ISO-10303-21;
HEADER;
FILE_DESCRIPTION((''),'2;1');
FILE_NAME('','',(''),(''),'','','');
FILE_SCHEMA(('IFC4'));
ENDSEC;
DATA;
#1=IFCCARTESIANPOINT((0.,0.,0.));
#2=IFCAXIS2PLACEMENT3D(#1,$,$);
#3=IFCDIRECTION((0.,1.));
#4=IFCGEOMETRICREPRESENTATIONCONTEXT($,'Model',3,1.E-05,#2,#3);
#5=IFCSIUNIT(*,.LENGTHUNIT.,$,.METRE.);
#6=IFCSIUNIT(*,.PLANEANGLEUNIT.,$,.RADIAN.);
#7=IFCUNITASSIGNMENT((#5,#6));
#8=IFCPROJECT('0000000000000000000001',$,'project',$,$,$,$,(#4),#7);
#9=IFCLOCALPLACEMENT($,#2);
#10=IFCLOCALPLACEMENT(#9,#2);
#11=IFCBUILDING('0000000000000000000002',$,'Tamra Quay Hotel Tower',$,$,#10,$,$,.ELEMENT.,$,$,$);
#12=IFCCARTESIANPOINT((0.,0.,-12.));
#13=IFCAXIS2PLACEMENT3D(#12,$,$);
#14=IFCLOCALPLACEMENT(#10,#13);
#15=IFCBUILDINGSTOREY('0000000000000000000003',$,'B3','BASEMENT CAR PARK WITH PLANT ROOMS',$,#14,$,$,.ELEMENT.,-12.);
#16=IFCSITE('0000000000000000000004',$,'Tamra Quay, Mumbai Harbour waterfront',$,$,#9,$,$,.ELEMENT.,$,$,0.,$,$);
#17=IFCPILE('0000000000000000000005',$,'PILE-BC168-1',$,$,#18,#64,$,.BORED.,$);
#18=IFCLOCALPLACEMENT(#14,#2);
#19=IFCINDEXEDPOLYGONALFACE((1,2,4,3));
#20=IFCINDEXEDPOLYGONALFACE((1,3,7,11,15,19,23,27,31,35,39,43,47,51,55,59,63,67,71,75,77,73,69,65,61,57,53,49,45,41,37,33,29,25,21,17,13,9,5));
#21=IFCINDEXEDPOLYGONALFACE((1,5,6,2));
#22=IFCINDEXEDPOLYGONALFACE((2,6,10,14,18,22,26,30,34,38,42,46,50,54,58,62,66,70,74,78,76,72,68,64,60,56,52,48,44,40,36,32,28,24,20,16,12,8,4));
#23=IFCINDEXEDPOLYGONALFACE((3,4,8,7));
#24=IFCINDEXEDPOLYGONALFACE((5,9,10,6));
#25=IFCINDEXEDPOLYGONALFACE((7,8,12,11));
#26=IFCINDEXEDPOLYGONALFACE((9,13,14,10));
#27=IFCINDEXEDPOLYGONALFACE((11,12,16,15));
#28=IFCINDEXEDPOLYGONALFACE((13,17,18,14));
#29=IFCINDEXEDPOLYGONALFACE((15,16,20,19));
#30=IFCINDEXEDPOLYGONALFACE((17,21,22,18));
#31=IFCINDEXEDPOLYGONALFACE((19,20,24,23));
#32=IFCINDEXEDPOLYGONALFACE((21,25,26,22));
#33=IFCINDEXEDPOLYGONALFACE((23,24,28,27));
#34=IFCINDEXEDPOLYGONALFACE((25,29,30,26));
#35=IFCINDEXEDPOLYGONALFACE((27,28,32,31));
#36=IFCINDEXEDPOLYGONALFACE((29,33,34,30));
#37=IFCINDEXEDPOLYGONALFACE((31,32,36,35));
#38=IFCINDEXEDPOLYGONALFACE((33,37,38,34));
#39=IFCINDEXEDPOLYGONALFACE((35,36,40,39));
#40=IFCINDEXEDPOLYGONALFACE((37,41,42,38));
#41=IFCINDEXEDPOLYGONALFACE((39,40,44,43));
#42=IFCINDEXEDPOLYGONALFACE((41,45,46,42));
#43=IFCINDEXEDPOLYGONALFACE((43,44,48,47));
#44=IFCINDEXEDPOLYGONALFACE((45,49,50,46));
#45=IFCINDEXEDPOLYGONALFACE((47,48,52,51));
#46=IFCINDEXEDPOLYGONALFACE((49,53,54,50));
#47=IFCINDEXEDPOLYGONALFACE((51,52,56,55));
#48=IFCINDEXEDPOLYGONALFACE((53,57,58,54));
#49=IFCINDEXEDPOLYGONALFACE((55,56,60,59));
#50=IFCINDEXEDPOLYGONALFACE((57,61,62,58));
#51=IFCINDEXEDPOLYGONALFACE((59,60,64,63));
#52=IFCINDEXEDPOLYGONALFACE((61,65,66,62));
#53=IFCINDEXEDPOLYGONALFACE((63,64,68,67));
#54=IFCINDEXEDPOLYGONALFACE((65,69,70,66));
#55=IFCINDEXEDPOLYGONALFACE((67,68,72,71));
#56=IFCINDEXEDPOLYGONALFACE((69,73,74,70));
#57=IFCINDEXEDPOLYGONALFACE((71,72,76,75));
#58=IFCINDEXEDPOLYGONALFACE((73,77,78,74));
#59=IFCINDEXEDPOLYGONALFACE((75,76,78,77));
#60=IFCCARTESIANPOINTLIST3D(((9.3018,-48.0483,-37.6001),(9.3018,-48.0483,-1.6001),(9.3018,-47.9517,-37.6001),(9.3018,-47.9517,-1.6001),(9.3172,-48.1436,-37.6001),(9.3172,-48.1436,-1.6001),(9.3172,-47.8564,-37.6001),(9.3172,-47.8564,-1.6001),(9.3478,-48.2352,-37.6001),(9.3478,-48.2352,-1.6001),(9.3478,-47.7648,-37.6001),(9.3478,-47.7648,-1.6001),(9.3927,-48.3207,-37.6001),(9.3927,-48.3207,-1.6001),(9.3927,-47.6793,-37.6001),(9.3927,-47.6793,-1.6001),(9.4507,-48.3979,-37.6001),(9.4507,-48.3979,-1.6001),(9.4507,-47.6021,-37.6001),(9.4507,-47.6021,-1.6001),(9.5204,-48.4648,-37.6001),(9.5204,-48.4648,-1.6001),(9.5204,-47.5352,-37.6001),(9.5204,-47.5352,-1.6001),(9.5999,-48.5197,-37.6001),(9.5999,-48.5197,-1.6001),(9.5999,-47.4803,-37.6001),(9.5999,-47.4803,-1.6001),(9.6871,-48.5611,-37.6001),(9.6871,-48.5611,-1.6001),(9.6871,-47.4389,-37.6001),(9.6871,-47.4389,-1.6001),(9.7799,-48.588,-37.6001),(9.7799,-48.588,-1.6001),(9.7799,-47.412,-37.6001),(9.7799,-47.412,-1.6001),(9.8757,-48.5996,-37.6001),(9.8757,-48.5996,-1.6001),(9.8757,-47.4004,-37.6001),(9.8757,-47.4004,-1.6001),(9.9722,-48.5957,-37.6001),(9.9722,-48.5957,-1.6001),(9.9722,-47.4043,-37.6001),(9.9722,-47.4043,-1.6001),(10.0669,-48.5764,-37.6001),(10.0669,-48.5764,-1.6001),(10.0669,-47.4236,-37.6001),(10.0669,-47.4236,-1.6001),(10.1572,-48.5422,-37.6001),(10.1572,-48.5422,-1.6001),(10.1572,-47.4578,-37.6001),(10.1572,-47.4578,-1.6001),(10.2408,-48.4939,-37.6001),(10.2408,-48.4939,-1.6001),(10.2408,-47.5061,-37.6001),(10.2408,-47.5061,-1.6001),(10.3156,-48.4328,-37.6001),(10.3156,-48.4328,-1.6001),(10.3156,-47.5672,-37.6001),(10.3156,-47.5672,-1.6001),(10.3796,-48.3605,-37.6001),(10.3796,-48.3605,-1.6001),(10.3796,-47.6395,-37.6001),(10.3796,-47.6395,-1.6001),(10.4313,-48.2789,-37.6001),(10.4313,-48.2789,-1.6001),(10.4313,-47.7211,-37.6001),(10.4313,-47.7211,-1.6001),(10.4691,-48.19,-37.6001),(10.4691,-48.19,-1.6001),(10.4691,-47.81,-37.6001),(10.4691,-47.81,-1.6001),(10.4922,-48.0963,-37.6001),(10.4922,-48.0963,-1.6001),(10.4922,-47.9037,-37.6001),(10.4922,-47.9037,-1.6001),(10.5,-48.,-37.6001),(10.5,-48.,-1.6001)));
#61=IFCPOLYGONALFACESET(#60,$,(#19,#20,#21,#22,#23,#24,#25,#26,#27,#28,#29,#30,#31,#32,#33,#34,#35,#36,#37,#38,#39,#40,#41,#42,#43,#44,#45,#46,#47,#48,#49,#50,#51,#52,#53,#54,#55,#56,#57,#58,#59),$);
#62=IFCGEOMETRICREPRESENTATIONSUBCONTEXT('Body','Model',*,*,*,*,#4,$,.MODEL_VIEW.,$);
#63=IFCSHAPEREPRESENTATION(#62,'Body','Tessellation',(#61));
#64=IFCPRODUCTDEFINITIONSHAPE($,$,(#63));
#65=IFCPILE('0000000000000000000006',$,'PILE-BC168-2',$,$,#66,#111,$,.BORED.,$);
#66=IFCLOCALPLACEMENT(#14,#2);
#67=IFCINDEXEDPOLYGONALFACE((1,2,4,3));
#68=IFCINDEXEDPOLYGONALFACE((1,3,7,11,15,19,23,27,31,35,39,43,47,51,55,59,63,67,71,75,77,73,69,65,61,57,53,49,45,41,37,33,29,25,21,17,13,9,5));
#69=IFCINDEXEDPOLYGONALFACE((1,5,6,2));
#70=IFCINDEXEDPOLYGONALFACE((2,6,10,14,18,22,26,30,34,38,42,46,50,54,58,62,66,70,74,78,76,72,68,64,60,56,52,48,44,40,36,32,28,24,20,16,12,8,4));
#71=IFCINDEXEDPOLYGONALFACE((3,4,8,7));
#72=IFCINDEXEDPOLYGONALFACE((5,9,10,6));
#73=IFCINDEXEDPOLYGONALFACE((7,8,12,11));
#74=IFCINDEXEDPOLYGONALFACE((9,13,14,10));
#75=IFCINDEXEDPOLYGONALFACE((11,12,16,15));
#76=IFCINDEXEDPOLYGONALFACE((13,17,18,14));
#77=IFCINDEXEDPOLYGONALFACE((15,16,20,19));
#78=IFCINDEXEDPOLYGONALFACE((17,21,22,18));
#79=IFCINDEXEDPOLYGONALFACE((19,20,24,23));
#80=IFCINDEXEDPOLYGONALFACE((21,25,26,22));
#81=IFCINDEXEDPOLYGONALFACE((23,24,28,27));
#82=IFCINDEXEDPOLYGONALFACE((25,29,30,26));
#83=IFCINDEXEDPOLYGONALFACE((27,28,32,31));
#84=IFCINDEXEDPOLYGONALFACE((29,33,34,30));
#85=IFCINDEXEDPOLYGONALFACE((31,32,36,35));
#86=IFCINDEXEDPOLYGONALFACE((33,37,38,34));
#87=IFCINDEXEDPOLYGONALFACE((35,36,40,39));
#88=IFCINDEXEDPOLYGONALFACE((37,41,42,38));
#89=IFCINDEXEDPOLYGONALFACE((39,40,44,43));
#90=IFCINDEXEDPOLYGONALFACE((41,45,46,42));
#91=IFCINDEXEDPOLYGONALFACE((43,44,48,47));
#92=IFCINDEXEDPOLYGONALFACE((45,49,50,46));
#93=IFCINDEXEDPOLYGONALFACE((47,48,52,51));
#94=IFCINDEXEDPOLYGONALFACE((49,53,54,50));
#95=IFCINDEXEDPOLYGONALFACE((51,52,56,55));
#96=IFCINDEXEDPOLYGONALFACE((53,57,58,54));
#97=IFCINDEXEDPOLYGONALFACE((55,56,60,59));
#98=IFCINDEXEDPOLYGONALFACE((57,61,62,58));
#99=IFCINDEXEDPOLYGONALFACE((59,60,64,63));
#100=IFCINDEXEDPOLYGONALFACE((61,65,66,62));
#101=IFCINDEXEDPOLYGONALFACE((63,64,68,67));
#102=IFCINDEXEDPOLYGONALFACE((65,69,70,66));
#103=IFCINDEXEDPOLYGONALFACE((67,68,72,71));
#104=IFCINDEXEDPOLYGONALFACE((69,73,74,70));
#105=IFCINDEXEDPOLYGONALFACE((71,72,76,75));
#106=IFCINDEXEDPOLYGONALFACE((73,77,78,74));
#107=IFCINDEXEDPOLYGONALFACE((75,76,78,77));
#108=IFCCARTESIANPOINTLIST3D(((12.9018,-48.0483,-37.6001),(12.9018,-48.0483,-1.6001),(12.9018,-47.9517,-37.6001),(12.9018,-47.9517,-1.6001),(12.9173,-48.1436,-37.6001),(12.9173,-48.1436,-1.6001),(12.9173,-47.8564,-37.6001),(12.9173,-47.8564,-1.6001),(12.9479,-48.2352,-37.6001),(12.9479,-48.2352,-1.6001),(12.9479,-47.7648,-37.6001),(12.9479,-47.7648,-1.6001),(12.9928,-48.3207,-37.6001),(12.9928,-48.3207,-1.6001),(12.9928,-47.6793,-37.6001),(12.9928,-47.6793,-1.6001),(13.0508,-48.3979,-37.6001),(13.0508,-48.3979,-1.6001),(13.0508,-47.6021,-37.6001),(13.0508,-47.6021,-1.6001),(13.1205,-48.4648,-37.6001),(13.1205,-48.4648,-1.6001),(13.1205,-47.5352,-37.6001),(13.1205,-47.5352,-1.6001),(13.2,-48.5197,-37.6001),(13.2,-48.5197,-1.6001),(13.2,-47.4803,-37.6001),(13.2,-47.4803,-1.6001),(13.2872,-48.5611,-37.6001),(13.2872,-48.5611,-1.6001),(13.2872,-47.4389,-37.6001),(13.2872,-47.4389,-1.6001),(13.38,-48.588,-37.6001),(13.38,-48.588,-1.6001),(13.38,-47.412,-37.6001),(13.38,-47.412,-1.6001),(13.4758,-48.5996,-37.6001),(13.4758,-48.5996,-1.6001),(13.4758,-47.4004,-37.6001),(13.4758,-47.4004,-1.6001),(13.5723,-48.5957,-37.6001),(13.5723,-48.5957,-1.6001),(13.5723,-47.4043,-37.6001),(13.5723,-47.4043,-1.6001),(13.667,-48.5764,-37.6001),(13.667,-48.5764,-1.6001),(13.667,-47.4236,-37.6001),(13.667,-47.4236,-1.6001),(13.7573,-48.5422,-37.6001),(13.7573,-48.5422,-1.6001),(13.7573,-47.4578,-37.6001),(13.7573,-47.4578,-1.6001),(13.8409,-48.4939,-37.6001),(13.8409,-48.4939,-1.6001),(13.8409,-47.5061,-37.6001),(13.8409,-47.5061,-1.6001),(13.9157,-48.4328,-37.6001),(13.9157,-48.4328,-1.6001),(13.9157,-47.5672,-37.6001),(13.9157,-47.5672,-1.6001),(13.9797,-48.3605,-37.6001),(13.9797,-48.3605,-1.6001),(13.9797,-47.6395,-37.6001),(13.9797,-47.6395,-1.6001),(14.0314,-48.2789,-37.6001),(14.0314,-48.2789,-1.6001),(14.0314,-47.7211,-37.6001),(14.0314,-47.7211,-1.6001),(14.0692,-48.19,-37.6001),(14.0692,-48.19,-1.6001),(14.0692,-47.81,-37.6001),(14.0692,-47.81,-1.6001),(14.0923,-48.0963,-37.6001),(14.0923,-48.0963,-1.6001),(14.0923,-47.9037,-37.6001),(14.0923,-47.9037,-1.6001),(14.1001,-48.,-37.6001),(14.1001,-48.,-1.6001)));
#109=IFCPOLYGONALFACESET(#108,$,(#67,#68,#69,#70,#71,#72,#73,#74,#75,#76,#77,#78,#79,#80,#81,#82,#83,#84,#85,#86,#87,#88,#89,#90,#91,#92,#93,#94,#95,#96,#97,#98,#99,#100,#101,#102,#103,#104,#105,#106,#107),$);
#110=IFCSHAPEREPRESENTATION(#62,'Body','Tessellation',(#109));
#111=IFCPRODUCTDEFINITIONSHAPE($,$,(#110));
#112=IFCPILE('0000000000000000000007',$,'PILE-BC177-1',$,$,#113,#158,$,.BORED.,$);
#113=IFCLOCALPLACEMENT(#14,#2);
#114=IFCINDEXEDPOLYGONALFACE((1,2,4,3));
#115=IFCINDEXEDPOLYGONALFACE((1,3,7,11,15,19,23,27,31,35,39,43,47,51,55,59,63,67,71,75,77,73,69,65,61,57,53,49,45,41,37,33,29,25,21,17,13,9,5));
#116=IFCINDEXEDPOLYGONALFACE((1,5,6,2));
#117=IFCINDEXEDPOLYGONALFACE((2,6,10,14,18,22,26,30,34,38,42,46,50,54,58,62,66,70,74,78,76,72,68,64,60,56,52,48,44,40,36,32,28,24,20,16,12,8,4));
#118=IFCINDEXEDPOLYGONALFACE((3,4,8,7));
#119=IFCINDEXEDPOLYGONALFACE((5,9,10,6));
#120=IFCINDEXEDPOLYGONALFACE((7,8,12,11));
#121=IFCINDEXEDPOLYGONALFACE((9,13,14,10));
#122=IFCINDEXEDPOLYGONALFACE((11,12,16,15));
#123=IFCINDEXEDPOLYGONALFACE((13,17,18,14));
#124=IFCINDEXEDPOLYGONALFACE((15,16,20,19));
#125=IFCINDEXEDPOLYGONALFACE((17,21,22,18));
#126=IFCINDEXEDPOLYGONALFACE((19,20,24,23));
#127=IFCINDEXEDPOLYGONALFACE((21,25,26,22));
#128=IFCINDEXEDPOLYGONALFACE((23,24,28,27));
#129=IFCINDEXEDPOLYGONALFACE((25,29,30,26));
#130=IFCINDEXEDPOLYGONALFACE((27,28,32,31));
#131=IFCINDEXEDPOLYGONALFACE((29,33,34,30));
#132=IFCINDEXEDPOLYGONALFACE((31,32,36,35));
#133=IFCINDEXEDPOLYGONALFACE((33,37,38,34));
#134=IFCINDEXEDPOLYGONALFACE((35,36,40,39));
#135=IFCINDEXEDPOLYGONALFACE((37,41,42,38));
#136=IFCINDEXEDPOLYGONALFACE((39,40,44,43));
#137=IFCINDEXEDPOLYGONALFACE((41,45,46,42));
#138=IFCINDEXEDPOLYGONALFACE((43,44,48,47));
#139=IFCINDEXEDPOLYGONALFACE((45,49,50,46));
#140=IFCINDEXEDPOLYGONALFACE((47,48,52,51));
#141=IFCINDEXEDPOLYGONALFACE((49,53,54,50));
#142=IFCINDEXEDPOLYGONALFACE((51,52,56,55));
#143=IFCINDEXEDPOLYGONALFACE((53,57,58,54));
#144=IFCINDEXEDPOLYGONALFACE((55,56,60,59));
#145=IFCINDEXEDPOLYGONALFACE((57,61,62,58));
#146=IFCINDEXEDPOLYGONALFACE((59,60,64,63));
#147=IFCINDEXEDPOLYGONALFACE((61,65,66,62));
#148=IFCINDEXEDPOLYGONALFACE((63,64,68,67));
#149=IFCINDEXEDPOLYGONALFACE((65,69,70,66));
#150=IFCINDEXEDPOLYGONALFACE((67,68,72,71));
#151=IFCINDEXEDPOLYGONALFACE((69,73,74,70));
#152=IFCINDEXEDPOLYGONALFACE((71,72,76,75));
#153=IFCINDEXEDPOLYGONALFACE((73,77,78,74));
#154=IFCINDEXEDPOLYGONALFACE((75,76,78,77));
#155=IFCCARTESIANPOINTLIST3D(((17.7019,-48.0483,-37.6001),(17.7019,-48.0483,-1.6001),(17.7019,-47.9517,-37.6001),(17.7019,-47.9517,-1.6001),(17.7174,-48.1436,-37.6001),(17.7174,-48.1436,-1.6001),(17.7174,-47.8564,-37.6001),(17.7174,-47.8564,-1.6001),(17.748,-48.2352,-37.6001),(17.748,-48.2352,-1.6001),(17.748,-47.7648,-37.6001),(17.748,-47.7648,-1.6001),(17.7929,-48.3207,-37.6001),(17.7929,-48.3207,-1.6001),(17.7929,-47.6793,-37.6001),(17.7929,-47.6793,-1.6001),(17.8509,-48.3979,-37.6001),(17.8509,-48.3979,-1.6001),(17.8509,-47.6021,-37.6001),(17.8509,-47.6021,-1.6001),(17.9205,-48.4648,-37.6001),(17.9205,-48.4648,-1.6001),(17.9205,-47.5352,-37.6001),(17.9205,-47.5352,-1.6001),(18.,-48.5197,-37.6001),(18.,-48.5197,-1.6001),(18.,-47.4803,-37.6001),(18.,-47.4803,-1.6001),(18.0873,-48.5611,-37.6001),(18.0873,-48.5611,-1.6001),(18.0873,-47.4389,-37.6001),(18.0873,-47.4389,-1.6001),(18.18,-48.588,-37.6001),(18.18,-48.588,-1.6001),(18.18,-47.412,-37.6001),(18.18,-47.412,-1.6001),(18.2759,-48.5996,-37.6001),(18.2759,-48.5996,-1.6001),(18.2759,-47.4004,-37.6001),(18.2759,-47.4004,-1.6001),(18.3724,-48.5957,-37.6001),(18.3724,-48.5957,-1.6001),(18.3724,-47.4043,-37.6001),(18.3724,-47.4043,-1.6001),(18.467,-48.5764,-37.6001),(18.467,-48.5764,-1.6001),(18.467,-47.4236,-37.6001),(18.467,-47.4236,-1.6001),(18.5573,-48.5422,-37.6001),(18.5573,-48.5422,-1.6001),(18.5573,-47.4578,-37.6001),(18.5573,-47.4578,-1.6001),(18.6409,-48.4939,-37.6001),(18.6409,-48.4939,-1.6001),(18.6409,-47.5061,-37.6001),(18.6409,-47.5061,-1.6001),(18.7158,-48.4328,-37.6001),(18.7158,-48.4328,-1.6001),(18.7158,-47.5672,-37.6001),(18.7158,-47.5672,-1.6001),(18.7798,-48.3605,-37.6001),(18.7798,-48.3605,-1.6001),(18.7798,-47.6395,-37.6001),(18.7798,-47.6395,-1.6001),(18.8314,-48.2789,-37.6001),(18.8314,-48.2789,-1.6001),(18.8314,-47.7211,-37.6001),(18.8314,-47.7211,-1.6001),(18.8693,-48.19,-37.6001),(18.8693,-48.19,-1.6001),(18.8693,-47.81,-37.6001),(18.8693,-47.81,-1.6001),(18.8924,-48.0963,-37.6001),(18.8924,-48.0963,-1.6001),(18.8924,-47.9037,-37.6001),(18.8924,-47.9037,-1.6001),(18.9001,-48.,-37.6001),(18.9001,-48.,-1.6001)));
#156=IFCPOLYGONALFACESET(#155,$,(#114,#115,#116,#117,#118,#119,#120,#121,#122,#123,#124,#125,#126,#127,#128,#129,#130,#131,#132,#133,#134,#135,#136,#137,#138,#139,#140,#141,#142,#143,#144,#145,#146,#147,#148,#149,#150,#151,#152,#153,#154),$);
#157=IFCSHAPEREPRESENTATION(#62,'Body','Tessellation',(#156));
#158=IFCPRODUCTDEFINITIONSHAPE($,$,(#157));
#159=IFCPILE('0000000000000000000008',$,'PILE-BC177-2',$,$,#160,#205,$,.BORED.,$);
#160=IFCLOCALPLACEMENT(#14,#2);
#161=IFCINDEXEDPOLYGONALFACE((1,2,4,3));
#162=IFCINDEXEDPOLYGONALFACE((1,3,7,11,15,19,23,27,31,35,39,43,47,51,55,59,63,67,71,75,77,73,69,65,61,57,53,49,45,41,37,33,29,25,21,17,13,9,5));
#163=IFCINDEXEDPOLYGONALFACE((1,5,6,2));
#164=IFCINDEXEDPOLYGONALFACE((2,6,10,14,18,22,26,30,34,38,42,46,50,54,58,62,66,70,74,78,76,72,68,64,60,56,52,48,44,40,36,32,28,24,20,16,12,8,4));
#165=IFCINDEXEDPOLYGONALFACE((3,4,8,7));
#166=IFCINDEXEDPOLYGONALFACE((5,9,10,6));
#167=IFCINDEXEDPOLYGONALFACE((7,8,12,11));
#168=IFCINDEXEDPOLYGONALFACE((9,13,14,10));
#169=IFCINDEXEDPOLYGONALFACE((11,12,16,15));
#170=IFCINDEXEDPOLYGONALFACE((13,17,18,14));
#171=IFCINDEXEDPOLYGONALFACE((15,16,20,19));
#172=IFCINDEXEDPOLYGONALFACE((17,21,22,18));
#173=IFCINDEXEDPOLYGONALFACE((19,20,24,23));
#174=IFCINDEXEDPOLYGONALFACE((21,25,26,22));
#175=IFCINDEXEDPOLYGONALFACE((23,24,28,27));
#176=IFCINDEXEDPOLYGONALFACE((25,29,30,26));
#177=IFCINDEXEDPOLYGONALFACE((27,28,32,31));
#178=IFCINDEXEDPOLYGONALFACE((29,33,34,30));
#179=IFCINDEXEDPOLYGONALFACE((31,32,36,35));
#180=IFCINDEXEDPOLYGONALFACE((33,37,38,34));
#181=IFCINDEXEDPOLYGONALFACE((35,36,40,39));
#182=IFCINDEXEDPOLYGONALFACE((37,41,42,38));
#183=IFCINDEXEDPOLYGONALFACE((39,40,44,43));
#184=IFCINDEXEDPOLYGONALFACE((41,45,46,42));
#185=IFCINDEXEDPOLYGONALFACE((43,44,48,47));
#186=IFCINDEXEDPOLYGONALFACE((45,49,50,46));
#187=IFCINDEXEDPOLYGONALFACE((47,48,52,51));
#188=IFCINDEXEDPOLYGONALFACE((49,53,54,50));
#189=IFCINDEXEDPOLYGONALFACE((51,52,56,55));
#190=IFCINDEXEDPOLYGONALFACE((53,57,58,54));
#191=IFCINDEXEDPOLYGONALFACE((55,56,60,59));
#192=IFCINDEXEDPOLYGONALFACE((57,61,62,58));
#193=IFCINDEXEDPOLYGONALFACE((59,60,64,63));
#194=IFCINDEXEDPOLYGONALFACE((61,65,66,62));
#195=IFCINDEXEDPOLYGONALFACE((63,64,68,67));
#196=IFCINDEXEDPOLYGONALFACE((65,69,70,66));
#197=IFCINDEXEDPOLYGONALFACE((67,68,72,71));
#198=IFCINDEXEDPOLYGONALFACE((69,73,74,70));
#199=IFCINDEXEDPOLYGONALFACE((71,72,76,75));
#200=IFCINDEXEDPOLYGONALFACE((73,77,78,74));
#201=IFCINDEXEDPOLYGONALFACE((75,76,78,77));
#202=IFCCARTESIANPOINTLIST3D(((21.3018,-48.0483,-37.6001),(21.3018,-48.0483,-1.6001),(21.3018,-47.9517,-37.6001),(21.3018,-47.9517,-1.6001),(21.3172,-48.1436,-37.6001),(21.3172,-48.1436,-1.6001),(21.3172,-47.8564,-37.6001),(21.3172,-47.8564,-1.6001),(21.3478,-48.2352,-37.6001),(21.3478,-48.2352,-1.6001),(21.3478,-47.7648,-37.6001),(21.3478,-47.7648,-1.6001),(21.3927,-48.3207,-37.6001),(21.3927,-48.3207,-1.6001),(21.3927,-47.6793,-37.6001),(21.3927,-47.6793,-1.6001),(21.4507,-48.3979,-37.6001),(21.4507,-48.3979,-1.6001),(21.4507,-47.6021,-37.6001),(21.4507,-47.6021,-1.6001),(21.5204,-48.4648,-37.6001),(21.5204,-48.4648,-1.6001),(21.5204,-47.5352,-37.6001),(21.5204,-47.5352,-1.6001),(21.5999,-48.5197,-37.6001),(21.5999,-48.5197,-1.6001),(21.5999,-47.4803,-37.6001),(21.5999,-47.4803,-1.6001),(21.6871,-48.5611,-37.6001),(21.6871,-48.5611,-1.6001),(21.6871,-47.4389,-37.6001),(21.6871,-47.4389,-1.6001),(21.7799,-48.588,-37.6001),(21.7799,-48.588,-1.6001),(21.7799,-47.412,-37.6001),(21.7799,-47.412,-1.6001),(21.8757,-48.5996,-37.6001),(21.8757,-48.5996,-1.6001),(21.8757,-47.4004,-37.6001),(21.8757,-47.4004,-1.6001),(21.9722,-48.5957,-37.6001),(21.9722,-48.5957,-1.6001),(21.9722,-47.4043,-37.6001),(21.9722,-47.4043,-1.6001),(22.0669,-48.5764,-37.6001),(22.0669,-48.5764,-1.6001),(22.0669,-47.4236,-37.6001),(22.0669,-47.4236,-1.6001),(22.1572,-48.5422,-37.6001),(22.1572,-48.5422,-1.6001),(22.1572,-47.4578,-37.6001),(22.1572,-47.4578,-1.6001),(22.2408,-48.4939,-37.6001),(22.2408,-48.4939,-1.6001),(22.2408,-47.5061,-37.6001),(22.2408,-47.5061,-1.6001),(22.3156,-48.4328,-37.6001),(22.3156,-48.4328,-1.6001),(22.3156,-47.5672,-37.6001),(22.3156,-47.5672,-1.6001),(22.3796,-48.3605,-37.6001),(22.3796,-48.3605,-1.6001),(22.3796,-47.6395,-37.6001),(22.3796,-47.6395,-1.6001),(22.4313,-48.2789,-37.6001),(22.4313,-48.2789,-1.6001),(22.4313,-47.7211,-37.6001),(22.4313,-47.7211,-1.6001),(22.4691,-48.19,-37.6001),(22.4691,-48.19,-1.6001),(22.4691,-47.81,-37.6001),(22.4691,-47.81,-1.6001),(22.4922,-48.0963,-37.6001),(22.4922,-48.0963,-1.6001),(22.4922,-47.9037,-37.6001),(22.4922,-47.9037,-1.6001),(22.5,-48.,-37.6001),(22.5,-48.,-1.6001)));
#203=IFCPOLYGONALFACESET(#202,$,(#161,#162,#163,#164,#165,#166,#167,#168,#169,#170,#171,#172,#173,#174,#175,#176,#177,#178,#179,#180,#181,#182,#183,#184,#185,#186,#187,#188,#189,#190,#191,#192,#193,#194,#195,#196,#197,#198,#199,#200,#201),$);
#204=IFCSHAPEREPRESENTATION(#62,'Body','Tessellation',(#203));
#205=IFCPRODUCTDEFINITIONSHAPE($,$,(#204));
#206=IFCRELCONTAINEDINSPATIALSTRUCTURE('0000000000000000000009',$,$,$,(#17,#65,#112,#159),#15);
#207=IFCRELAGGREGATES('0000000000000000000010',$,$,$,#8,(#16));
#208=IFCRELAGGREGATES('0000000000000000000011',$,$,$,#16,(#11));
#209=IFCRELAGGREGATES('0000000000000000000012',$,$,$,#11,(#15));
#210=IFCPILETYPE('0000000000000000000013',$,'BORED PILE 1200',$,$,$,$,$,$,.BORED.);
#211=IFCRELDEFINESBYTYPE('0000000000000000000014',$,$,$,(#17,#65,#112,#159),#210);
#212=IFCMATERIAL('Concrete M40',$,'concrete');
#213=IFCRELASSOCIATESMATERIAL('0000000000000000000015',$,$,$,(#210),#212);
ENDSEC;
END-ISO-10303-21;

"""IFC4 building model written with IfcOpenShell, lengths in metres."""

from ifc_helpers import new_model, si_unit, direction, frame, origin, origin_2d, place, context, subcontext, project, spatial, circle, extrude, material, material_profile, profile_set, type_object, element, save


model = new_model("IFC4")

# Units and contexts
model_context = context("Model", 3, precision=1e-05, world=origin(), true_north=direction((0.0, 1.0)))
body_context = subcontext(model_context, "Body", "Model", "MODEL_VIEW")
ifc_project = project(units=[si_unit("LENGTHUNIT", "METRE"), si_unit("PLANEANGLEUNIT", "RADIAN")], contexts=[model_context])

# Site, building, storey
site_placement = place(None, origin())
site = spatial("IfcSite", under=ifc_project, at=site_placement, Name="Tamra Quay, Mumbai Harbour waterfront", CompositionType="ELEMENT", RefElevation=0.0)
building_placement = place(site_placement, origin())
building = spatial("IfcBuilding", under=site, at=building_placement, Name="Tamra Quay Hotel Tower", CompositionType="ELEMENT")
storey_placement = place(building_placement, frame((0.0, 0.0, -12.0)))
storey = spatial("IfcBuildingStorey", under=building, at=storey_placement, Name="B3", Description="BASEMENT CAR PARK WITH PLANT ROOMS", CompositionType="ELEMENT", Elevation=-12.0)

# Piles
ifc_material_1 = material(Name="Concrete M40", Category="concrete")
ifc_material_profile_1 = material_profile(ifc_material_1, circle(Radius=0.6001, at=origin_2d()), Name="BORED PILE 1200")
ifc_profile_set_1 = profile_set([ifc_material_profile_1], Name="Concrete M40")
pile_type = type_object("IfcPileType", Name="BORED PILE 1200", PredefinedType="BORED", material=ifc_profile_set_1)
for number, where, z_axis, x_axis, name in (
    (1, (9.8999, -48.0, -1.6001), (0.0, 0.0, -1.0), (1.0, 0.0, 0.0), "PILE-BC168-1"),
    (2, (13.5, -48.0, -1.6001), (0.0, 0.0, -1.0), (1.0, 0.0, 0.0), "PILE-BC168-2"),
    (3, (18.3, -48.0, -1.6001), (0.0, 0.0, -1.0), (1.0, 0.0, 0.0), "PILE-BC177-1"),
    (4, (21.8999, -48.0, -1.6001), (0.0, 0.0, -1.0), (1.0, 0.0, 0.0), "PILE-BC177-2"),
):
    element("IfcPile", number, at=place(storey_placement, frame(where, z_axis=z_axis, x_axis=x_axis)), inside=storey, type_object=pile_type, Name=name, PredefinedType="BORED", context=body_context, shape_type="SweptSolid", body=[
        extrude(circle(Radius=0.6001, at=origin_2d()), origin(), (0.0, 0.0, 1.0), 36.0),
    ])

save(model, "model.ifc")
